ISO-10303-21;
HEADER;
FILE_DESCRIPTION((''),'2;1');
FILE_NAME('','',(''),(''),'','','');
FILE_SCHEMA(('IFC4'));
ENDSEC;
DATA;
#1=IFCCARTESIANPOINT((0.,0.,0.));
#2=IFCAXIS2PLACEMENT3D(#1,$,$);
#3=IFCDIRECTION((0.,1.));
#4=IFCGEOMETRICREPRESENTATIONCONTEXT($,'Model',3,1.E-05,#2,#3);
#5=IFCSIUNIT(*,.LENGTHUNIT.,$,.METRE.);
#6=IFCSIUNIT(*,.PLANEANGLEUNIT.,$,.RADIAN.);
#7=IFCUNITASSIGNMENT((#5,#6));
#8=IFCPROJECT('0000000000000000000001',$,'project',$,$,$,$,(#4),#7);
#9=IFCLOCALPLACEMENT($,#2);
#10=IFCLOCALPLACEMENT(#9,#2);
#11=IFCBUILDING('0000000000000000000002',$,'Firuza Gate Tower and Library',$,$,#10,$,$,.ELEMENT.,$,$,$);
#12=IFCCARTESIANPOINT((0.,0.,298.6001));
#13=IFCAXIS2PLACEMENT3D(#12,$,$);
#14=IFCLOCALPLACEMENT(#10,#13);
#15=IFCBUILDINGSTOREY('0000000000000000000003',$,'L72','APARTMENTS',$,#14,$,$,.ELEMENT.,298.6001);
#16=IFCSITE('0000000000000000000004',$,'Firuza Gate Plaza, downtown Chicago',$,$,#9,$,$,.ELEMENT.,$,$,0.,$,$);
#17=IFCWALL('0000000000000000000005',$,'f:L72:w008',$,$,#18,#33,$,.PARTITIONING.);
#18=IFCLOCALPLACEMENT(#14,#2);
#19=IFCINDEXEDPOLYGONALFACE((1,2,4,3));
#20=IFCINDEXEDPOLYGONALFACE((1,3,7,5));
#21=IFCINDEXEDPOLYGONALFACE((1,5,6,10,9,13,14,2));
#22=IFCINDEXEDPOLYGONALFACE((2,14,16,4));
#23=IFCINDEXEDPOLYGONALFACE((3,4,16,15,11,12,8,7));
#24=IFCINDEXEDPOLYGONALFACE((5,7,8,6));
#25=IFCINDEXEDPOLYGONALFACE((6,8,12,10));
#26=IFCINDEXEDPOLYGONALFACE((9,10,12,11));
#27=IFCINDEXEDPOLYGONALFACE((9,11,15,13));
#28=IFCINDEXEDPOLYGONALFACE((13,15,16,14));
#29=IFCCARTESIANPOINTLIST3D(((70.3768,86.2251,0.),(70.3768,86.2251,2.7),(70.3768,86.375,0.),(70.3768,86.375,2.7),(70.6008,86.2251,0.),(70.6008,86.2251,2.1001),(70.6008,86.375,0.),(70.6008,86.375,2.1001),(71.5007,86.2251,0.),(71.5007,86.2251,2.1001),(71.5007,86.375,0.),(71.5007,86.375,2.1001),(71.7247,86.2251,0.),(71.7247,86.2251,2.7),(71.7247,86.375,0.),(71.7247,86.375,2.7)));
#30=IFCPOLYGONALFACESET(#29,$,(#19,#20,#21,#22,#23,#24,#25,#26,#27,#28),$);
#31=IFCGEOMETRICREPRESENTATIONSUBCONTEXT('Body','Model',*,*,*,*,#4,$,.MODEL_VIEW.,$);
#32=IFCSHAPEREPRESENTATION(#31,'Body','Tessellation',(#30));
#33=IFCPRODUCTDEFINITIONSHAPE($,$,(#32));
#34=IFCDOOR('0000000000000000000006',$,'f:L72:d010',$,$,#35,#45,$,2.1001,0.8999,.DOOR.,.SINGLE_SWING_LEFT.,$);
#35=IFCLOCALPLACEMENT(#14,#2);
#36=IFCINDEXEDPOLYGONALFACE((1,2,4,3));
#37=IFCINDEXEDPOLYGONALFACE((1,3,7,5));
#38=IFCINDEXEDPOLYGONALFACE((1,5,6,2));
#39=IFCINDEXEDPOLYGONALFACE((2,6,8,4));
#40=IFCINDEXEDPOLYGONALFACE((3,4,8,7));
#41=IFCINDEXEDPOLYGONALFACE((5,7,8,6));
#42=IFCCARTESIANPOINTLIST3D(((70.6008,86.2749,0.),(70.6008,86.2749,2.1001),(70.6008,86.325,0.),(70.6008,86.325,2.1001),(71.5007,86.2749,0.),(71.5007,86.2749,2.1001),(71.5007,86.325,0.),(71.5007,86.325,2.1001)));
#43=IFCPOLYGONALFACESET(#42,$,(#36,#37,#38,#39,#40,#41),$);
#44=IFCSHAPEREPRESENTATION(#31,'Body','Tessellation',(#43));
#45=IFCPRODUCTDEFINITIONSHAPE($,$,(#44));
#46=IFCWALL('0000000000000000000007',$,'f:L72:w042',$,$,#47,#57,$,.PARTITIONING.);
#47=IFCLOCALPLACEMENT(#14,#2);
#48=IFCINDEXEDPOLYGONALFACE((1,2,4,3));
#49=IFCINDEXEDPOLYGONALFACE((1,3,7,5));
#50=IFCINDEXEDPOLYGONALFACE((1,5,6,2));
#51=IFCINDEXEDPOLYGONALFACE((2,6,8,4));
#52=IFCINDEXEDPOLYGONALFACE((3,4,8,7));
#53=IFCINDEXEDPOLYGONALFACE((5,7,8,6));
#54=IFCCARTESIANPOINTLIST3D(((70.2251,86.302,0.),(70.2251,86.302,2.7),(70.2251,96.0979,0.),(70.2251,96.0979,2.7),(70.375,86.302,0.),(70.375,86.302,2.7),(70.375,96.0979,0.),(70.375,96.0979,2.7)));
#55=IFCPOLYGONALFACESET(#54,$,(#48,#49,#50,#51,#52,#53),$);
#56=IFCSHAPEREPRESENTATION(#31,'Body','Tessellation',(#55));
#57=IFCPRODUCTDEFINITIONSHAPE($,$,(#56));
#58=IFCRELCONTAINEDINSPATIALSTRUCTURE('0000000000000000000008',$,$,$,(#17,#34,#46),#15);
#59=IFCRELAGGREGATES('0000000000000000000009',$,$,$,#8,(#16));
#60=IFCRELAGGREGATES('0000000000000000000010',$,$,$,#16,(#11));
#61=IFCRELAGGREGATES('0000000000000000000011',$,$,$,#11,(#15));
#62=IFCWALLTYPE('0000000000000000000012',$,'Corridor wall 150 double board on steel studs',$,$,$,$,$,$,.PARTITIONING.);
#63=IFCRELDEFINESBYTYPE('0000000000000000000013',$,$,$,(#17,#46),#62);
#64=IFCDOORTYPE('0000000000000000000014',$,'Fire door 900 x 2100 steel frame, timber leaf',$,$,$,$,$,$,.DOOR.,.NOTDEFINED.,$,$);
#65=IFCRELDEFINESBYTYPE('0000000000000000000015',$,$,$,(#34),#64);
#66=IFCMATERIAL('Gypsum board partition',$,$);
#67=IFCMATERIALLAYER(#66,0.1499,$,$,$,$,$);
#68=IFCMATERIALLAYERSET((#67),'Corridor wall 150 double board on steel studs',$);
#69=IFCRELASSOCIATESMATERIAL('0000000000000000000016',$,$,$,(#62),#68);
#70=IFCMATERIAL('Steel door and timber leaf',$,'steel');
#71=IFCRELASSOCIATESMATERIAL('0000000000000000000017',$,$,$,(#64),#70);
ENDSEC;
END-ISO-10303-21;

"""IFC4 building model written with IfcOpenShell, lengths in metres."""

from ifc_helpers import new_model, si_unit, direction, frame, frame_2d, origin, place, context, subcontext, project, spatial, rectangle, extrude, material, layer, layer_set, type_object, element, fill, save


model = new_model("IFC4")

# Units and contexts
model_context = context("Model", 3, precision=1e-05, world=origin(), true_north=direction((0.0, 1.0)))
body_context = subcontext(model_context, "Body", "Model", "MODEL_VIEW")
ifc_project = project(units=[si_unit("LENGTHUNIT", "METRE"), si_unit("PLANEANGLEUNIT", "RADIAN")], contexts=[model_context])

# Site, building, storey
site_placement = place(None, origin())
site = spatial("IfcSite", under=ifc_project, at=site_placement, Name="Firuza Gate Plaza, downtown Chicago", CompositionType="ELEMENT", RefElevation=0.0)
building_placement = place(site_placement, origin())
building = spatial("IfcBuilding", under=site, at=building_placement, Name="Firuza Gate Tower and Library", CompositionType="ELEMENT")
storey_placement = place(building_placement, frame((0.0, 0.0, 298.6001)))
storey = spatial("IfcBuildingStorey", under=building, at=storey_placement, Name="L72", Description="APARTMENTS", CompositionType="ELEMENT", Elevation=298.6001)

# Wall, opening, door
ifc_material_1 = material(Name="Gypsum board partition")
ifc_layer_1 = layer(ifc_material_1, 0.1499)
ifc_layer_set_1 = layer_set([ifc_layer_1], Name="Corridor wall 150 double board on steel studs")
wall_type_1 = type_object("IfcWallType", Name="Corridor wall 150 double board on steel studs", PredefinedType="PARTITIONING", material=ifc_layer_set_1)
wall_1_placement = place(storey_placement, frame((70.377, 86.3, 0.0), z_axis=(0.0, 0.0, 1.0), x_axis=(1.0, 0.0, 0.0)))
wall_1 = element("IfcWall", 1, at=wall_1_placement, inside=storey, type_object=wall_type_1, Name="f:L72:w008", PredefinedType="PARTITIONING", context=body_context, shape_type="SweptSolid", body=[
    extrude(rectangle(XDim=1.3479, YDim=0.1499, at=frame_2d((0.6738, 0.0))), origin(), (0.0, 0.0, 1.0), 2.7),
])
opening_1_placement = place(wall_1_placement, frame((0.2239, 0.0, 0.0)))
opening_1 = element("IfcOpeningElement", 2, at=opening_1_placement, cuts=wall_1, PredefinedType="OPENING", context=body_context, shape_type="SweptSolid", body=[
    extrude(rectangle(XDim=0.8999, YDim=2.1001, at=frame_2d((0.45, 1.05))), frame((0.0, 0.085, 0.0), z_axis=(0.0, -1.0, 0.0), x_axis=(1.0, 0.0, 0.0)), (0.0, 0.0, 1.0), 0.1699),
])
ifc_material_2 = material(Name="Steel door and timber leaf", Category="steel")
door_type_1 = type_object("IfcDoorType", Name="Fire door 900 x 2100 steel frame, timber leaf", OperationType="NOTDEFINED", PredefinedType="DOOR", material=ifc_material_2)
door_1_placement = place(opening_1_placement, origin())
door_1 = element("IfcDoor", 3, at=door_1_placement, inside=storey, type_object=door_type_1, Name="f:L72:d010", OperationType="SINGLE_SWING_LEFT", OverallHeight=2.1001, OverallWidth=0.8999, PredefinedType="DOOR", context=body_context, shape_type="SweptSolid", body=[
    extrude(rectangle(XDim=0.8999, YDim=2.1001, at=frame_2d((0.45, 1.05))), frame((0.0, 0.0249, 0.0), z_axis=(0.0, -1.0, 0.0), x_axis=(1.0, 0.0, 0.0)), (0.0, 0.0, 1.0), 0.05),
])
fill(opening_1, door_1)

# Wall
wall_2_placement = place(storey_placement, frame((70.3, 86.302, 0.0), z_axis=(0.0, 0.0, 1.0), x_axis=(0.0, 1.0, 0.0)))
element("IfcWall", 4, at=wall_2_placement, inside=storey, type_object=wall_type_1, Name="f:L72:w042", PredefinedType="PARTITIONING", context=body_context, shape_type="SweptSolid", body=[
    extrude(rectangle(XDim=9.7959, YDim=0.1499, at=frame_2d((4.8979, 0.0))), origin(), (0.0, 0.0, 1.0), 2.7),
])

save(model, "model.ifc")
